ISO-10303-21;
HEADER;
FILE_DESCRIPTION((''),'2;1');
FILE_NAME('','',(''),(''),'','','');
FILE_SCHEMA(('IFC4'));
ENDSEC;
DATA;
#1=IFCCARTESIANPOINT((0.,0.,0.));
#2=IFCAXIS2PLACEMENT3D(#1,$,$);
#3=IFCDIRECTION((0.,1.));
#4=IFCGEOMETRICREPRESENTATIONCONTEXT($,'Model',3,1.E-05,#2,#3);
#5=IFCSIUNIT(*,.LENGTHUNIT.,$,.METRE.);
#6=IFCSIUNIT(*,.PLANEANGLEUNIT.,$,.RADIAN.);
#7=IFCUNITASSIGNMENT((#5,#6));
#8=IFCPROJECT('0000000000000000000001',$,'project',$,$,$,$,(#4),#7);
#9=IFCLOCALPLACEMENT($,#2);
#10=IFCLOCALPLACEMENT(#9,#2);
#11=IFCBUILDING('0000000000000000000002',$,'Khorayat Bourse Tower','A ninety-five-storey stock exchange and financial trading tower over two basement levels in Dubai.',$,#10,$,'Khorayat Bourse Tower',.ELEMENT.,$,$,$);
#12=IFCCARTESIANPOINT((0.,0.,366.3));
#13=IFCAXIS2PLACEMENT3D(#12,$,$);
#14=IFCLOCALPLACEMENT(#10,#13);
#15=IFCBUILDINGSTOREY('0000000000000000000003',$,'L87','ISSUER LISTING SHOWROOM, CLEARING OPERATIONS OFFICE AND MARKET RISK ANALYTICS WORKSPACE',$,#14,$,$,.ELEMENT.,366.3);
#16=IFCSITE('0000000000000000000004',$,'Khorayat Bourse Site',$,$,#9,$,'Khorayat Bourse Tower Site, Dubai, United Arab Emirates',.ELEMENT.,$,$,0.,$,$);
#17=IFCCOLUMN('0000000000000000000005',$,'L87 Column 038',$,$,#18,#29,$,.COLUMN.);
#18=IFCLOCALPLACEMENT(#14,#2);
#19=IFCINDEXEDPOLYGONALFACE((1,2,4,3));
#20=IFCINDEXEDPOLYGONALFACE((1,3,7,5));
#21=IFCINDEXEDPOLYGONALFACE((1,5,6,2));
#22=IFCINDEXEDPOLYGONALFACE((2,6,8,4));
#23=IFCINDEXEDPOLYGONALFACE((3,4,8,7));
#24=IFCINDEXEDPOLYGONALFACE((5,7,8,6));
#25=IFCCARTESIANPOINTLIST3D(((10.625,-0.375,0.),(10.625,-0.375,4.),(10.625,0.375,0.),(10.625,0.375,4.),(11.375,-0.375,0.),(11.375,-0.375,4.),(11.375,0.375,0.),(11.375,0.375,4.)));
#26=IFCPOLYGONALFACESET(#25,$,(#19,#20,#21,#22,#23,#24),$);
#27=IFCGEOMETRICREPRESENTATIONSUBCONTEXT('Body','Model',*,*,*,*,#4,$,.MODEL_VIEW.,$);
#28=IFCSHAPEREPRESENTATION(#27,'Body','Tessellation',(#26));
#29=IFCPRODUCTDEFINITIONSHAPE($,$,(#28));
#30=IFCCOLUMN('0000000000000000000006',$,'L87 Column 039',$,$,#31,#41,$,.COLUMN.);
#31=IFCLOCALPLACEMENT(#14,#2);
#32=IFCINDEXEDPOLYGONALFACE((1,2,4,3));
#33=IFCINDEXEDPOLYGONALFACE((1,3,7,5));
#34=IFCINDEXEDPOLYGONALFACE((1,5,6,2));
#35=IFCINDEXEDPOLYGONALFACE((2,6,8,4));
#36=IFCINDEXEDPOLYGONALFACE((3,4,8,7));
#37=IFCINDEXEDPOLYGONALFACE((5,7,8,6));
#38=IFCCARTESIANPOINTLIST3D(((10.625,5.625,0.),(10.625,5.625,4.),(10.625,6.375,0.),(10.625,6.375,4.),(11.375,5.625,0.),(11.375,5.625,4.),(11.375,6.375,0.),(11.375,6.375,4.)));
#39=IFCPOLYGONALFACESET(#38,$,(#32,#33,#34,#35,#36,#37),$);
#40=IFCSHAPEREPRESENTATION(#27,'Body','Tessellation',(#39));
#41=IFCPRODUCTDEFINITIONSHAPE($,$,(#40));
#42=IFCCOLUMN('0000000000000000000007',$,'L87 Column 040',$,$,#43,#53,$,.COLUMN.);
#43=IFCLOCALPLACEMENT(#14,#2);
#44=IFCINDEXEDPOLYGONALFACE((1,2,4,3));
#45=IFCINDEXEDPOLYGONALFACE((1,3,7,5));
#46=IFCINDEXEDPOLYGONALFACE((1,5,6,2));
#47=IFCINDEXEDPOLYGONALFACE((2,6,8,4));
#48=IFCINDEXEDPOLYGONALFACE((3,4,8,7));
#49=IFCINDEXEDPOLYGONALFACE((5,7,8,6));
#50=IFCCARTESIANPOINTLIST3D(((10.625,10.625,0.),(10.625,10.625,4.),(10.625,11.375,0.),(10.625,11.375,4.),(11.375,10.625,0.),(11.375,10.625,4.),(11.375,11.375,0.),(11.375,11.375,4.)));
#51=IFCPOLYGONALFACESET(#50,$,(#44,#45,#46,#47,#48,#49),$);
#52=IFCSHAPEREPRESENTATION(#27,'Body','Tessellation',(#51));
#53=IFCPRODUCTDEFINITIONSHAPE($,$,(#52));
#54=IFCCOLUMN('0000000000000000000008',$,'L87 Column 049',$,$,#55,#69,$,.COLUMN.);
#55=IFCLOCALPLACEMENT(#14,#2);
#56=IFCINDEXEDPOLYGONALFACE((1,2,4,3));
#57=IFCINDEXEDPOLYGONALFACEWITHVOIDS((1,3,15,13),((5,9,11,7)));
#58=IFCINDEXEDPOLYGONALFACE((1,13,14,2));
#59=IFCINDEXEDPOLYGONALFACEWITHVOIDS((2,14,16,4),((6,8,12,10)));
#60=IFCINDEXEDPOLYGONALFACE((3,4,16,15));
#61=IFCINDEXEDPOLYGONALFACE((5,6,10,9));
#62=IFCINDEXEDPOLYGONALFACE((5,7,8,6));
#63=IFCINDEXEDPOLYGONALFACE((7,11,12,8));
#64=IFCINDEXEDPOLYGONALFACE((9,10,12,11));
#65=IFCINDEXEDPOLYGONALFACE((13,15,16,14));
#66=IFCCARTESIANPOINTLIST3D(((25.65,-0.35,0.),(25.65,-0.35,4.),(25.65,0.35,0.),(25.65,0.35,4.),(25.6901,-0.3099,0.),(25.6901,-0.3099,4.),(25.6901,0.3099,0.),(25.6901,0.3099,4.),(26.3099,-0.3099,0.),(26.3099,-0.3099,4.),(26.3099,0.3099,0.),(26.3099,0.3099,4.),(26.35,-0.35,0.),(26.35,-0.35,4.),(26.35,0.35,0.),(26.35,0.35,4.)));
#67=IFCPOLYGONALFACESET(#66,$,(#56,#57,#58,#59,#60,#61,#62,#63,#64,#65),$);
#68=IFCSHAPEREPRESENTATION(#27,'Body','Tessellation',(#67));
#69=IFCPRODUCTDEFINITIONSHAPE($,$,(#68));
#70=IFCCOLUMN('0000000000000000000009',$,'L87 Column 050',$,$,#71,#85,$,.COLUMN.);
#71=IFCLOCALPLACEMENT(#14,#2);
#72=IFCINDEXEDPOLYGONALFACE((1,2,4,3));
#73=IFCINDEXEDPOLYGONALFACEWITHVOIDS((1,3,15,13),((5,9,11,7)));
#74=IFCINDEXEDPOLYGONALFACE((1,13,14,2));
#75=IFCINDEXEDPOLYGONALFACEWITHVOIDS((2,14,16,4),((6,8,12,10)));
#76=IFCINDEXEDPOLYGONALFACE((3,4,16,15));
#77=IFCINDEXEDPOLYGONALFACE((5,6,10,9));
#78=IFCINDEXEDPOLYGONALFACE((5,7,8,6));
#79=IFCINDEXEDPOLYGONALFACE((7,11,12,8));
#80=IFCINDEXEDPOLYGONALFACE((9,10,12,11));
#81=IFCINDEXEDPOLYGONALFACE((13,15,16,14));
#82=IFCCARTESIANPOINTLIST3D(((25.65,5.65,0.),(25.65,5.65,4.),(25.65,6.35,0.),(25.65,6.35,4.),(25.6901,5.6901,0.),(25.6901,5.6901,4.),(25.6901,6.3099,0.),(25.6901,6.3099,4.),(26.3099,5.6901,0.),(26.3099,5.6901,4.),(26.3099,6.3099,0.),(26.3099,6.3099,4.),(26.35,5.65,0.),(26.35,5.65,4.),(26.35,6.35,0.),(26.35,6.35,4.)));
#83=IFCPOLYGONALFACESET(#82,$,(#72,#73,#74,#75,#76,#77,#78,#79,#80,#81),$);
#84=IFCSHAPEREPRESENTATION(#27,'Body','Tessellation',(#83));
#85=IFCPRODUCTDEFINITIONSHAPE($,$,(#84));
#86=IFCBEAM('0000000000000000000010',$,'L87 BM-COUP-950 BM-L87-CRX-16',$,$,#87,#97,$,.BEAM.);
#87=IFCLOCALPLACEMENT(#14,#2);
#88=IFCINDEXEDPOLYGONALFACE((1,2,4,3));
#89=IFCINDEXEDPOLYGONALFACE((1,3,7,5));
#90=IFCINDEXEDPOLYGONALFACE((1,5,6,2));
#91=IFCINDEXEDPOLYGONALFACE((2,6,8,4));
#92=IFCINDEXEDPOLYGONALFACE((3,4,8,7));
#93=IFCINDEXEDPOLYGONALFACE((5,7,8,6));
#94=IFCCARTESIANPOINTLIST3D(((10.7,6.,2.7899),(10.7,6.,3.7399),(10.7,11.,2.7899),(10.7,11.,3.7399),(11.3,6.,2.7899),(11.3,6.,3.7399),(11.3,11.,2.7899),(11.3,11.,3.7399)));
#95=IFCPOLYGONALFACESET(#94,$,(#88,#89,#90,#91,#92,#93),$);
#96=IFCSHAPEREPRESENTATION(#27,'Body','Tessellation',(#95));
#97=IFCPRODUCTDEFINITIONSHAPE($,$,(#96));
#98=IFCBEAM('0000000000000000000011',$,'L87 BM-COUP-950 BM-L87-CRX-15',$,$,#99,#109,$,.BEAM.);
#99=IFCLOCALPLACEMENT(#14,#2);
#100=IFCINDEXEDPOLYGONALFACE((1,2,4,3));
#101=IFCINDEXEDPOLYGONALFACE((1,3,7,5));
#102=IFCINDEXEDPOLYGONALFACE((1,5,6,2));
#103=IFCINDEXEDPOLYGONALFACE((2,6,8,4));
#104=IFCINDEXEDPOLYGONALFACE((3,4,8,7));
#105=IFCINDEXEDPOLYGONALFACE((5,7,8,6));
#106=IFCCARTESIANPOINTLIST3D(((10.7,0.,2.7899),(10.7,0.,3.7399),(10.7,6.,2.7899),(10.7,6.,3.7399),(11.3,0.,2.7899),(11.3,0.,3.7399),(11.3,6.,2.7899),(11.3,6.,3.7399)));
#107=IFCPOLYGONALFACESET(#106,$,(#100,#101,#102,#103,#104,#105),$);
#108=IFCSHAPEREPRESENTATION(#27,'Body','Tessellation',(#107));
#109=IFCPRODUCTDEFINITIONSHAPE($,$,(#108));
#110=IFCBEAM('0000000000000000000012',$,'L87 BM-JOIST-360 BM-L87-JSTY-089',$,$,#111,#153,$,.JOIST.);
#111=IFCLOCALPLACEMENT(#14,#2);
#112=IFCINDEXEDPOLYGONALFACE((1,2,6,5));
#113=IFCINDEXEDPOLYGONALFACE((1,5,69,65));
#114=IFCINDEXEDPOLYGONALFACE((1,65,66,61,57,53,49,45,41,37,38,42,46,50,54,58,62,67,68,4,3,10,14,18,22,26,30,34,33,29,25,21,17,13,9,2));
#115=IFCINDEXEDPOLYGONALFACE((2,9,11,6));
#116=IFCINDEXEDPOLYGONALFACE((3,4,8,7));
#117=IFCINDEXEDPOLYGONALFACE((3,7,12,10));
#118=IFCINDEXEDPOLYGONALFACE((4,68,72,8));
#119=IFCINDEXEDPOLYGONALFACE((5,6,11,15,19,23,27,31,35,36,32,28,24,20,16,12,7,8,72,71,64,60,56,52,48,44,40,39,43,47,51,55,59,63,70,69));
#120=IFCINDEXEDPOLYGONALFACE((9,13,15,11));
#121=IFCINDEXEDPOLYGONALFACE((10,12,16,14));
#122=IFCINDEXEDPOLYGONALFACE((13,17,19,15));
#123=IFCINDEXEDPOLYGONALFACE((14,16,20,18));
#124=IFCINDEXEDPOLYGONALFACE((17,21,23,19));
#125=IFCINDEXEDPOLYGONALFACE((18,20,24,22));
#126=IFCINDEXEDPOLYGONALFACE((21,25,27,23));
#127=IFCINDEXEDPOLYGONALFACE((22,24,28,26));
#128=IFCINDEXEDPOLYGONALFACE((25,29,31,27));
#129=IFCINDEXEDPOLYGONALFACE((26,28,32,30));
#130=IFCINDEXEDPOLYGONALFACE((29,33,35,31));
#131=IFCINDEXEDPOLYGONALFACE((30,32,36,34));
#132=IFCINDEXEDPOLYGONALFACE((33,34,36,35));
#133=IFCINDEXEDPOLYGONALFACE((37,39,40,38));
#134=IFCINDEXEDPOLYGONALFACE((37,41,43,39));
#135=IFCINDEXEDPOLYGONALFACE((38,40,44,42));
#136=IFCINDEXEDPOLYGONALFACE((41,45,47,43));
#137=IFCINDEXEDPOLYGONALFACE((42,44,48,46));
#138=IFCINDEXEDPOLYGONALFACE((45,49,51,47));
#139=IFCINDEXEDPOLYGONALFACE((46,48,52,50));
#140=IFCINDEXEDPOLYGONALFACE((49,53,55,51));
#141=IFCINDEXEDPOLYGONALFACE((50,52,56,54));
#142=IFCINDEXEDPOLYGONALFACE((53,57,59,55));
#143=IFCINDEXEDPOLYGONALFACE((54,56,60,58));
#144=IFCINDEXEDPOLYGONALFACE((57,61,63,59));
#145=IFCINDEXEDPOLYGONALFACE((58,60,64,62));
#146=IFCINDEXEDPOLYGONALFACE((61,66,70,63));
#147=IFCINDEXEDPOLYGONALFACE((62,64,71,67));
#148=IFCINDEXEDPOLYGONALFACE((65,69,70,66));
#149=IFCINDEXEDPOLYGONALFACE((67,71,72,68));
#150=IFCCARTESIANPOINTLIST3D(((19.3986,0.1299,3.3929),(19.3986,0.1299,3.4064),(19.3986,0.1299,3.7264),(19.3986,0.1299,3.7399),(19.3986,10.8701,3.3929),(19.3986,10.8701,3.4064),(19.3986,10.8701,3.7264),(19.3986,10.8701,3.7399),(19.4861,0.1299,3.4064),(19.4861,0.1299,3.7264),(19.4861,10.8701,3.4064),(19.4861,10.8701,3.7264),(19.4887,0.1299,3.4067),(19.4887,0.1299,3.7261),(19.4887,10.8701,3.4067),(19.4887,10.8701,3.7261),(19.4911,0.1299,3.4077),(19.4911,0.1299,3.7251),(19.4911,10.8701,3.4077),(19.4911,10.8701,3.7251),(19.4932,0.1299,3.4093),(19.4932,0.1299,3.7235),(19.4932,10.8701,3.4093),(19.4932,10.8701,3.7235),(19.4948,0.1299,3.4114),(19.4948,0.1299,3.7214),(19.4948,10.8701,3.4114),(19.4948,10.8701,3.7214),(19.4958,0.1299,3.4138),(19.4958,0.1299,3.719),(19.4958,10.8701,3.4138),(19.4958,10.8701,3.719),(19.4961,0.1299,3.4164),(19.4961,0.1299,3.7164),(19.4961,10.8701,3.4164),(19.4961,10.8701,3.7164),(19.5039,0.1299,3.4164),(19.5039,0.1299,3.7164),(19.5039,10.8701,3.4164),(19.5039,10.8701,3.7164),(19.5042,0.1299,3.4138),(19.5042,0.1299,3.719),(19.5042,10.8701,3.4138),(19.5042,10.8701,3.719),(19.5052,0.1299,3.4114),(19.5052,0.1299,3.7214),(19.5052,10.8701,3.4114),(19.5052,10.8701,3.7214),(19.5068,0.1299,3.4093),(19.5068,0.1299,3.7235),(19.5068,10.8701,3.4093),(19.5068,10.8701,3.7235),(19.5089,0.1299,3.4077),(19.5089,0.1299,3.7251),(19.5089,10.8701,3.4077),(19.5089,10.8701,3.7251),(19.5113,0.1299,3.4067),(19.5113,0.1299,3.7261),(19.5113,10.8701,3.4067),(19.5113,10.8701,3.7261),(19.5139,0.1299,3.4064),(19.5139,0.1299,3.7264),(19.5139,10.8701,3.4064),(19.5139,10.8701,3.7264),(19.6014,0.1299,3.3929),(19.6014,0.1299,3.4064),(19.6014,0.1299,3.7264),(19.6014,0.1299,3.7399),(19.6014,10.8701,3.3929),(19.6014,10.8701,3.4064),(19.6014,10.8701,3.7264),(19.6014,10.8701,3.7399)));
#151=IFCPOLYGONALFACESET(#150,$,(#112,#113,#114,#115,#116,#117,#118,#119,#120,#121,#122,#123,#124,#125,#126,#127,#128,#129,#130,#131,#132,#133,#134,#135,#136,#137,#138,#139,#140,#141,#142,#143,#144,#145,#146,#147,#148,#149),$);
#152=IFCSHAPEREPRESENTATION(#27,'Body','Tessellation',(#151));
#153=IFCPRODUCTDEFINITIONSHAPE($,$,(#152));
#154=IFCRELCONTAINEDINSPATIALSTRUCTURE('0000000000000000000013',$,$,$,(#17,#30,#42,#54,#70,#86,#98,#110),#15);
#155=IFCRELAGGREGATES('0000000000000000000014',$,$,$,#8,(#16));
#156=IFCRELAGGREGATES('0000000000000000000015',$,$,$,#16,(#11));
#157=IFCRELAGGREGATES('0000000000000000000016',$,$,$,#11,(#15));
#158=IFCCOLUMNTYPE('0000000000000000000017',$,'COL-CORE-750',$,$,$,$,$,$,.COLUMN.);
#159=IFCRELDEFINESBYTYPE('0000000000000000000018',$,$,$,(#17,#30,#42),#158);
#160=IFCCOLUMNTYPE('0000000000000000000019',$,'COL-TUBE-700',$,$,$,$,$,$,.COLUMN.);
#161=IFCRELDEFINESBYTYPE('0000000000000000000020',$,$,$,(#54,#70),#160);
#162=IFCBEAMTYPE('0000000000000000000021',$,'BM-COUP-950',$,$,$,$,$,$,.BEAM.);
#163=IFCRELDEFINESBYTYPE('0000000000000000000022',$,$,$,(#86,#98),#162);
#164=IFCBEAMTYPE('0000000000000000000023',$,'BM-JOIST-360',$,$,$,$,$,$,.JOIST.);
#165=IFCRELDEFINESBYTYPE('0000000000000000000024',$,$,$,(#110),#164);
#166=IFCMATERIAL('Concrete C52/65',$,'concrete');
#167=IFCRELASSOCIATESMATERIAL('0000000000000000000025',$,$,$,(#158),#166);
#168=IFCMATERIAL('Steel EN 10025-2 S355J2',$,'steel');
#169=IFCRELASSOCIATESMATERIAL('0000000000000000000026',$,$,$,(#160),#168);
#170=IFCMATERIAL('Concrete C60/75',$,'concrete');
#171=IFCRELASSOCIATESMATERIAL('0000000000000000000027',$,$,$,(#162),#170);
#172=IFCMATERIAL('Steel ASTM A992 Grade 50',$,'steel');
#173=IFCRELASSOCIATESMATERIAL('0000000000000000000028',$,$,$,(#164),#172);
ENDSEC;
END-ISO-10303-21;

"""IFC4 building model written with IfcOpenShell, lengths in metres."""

from ifc_helpers import new_model, si_unit, direction, frame, origin, origin_2d, place, context, subcontext, project, spatial, rectangle, hollow_rectangle, i_section, extrude, source, transform, mapped, material, material_profile, profile_set, type_object, element, save


model = new_model("IFC4")

# Units and contexts
model_context = context("Model", 3, precision=1e-05, world=origin(), true_north=direction((0.0, 1.0)))
body_context = subcontext(model_context, "Body", "Model", "MODEL_VIEW")
ifc_project = project(units=[si_unit("LENGTHUNIT", "METRE"), si_unit("PLANEANGLEUNIT", "RADIAN")], contexts=[model_context])

# Site, building, storey
site_placement = place(None, origin())
site = spatial("IfcSite", under=ifc_project, at=site_placement, Name="Khorayat Bourse Site", LongName="Khorayat Bourse Tower Site, Dubai, United Arab Emirates", CompositionType="ELEMENT", RefElevation=0.0)
building_placement = place(site_placement, origin())
building = spatial("IfcBuilding", under=site, at=building_placement, Name="Khorayat Bourse Tower", Description="A ninety-five-storey stock exchange and financial trading tower over two basement levels in Dubai.", LongName="Khorayat Bourse Tower", CompositionType="ELEMENT")
storey_placement = place(building_placement, frame((0.0, 0.0, 366.3)))
storey = spatial("IfcBuildingStorey", under=building, at=storey_placement, Name="L87", Description="ISSUER LISTING SHOWROOM, CLEARING OPERATIONS OFFICE AND MARKET RISK ANALYTICS WORKSPACE", CompositionType="ELEMENT", Elevation=366.3)

# Columns
ifc_material_1 = material(Name="Concrete C52/65", Category="concrete")
ifc_material_profile_1 = material_profile(ifc_material_1, rectangle(XDim=0.75, YDim=0.75, at=origin_2d()), Name="RC 750x750")
ifc_profile_set_1 = profile_set([ifc_material_profile_1], Name="Concrete C52/65")
column_type_1 = type_object("IfcColumnType", Name="COL-CORE-750", PredefinedType="COLUMN", material=ifc_profile_set_1)
shared_shape_1 = source(origin(), body_context, "Body", "SweptSolid", [
    extrude(rectangle(XDim=0.75, YDim=0.75, at=origin_2d()), origin(), (0.0, 0.0, 1.0), 4.0),
])
for number, where, z_axis, x_axis, name in (
    (1, (11.0, 0.0, 0.0), (0.0, 0.0, 1.0), (1.0, 0.0, 0.0), "L87 Column 038"),
    (2, (11.0, 6.0, 0.0), (0.0, 0.0, 1.0), (1.0, 0.0, 0.0), "L87 Column 039"),
    (3, (11.0, 11.0, 0.0), (0.0, 0.0, 1.0), (1.0, 0.0, 0.0), "L87 Column 040"),
):
    element("IfcColumn", number, at=place(storey_placement, frame(where, z_axis=z_axis, x_axis=x_axis)), inside=storey, type_object=column_type_1, Name=name, PredefinedType="COLUMN", context=body_context, shape_type="MappedRepresentation", body=[
        mapped(shared_shape_1, transform((0.0, 0.0, 0.0), scale=1.0)),
    ])
ifc_material_2 = material(Name="Steel EN 10025-2 S355J2", Category="steel")
ifc_material_profile_2 = material_profile(ifc_material_2, hollow_rectangle(XDim=0.7, YDim=0.7, WallThickness=0.04, at=origin_2d()), Name="BOX 700x700x40")
ifc_profile_set_2 = profile_set([ifc_material_profile_2], Name="Steel EN 10025-2 S355J2")
column_type_2 = type_object("IfcColumnType", Name="COL-TUBE-700", PredefinedType="COLUMN", material=ifc_profile_set_2)
shared_shape_2 = source(origin(), body_context, "Body", "SweptSolid", [
    extrude(hollow_rectangle(XDim=0.7, YDim=0.7, WallThickness=0.04, at=origin_2d()), origin(), (0.0, 0.0, 1.0), 4.0),
])
for number, where, z_axis, x_axis, name in (
    (4, (26.0, 0.0, 0.0), (0.0, 0.0, 1.0), (1.0, 0.0, 0.0), "L87 Column 049"),
    (5, (26.0, 6.0, 0.0), (0.0, 0.0, 1.0), (1.0, 0.0, 0.0), "L87 Column 050"),
):
    element("IfcColumn", number, at=place(storey_placement, frame(where, z_axis=z_axis, x_axis=x_axis)), inside=storey, type_object=column_type_2, Name=name, PredefinedType="COLUMN", context=body_context, shape_type="MappedRepresentation", body=[
        mapped(shared_shape_2, transform((0.0, 0.0, 0.0), scale=1.0)),
    ])

# Beams
ifc_material_3 = material(Name="Concrete C60/75", Category="concrete")
ifc_material_profile_3 = material_profile(ifc_material_3, rectangle(XDim=0.6001, YDim=0.95, at=origin_2d()), Name="RC 600x950")
ifc_profile_set_3 = profile_set([ifc_material_profile_3], Name="Concrete C60/75")
beam_type_1 = type_object("IfcBeamType", Name="BM-COUP-950", PredefinedType="BEAM", material=ifc_profile_set_3)
shared_shape_3 = source(origin(), body_context, "Body", "SweptSolid", [
    extrude(rectangle(XDim=0.6001, YDim=0.95, at=origin_2d()), origin(), (0.0, 0.0, 1.0), 5.0),
])
beam_1_placement = place(storey_placement, frame((11.0, 6.0, 3.2649), z_axis=(0.0, 1.0, 0.0), x_axis=(-1.0, 0.0, 0.0)))
element("IfcBeam", 6, at=beam_1_placement, inside=storey, type_object=beam_type_1, Name="L87 BM-COUP-950 BM-L87-CRX-16", PredefinedType="BEAM", context=body_context, shape_type="MappedRepresentation", body=[
    mapped(shared_shape_3, transform((0.0, 0.0, 0.0), scale=1.0)),
])
shared_shape_4 = source(origin(), body_context, "Body", "SweptSolid", [
    extrude(rectangle(XDim=0.6001, YDim=0.95, at=origin_2d()), origin(), (0.0, 0.0, 1.0), 6.0),
])
beam_2_placement = place(storey_placement, frame((11.0, 0.0, 3.2649), z_axis=(0.0, 1.0, 0.0), x_axis=(-1.0, 0.0, 0.0)))
element("IfcBeam", 7, at=beam_2_placement, inside=storey, type_object=beam_type_1, Name="L87 BM-COUP-950 BM-L87-CRX-15", PredefinedType="BEAM", context=body_context, shape_type="MappedRepresentation", body=[
    mapped(shared_shape_4, transform((0.0, 0.0, 0.0), scale=1.0)),
])
ifc_material_4 = material(Name="Steel ASTM A992 Grade 50", Category="steel")
ifc_material_profile_4 = material_profile(ifc_material_4, i_section(OverallWidth=0.2029, OverallDepth=0.3469, WebThickness=0.0078, FlangeThickness=0.0134, FilletRadius=0.01, at=origin_2d()), Name="W360X64")
ifc_profile_set_4 = profile_set([ifc_material_profile_4], Name="Steel ASTM A992 Grade 50")
beam_type_2 = type_object("IfcBeamType", Name="BM-JOIST-360", PredefinedType="JOIST", material=ifc_profile_set_4)
shared_shape_5 = source(origin(), body_context, "Body", "SweptSolid", [
    extrude(i_section(OverallWidth=0.2029, OverallDepth=0.3469, WebThickness=0.0078, FlangeThickness=0.0134, FilletRadius=0.01, at=origin_2d()), origin(), (0.0, 0.0, 1.0), 10.7402),
])
beam_3_placement = place(storey_placement, frame((19.5, 0.1299, 3.5664), z_axis=(0.0, 1.0, 0.0), x_axis=(-1.0, 0.0, 0.0)))
element("IfcBeam", 8, at=beam_3_placement, inside=storey, type_object=beam_type_2, Name="L87 BM-JOIST-360 BM-L87-JSTY-089", PredefinedType="JOIST", context=body_context, shape_type="MappedRepresentation", body=[
    mapped(shared_shape_5, transform((0.0, 0.0, 0.0), scale=1.0)),
])

save(model, "model.ifc")
